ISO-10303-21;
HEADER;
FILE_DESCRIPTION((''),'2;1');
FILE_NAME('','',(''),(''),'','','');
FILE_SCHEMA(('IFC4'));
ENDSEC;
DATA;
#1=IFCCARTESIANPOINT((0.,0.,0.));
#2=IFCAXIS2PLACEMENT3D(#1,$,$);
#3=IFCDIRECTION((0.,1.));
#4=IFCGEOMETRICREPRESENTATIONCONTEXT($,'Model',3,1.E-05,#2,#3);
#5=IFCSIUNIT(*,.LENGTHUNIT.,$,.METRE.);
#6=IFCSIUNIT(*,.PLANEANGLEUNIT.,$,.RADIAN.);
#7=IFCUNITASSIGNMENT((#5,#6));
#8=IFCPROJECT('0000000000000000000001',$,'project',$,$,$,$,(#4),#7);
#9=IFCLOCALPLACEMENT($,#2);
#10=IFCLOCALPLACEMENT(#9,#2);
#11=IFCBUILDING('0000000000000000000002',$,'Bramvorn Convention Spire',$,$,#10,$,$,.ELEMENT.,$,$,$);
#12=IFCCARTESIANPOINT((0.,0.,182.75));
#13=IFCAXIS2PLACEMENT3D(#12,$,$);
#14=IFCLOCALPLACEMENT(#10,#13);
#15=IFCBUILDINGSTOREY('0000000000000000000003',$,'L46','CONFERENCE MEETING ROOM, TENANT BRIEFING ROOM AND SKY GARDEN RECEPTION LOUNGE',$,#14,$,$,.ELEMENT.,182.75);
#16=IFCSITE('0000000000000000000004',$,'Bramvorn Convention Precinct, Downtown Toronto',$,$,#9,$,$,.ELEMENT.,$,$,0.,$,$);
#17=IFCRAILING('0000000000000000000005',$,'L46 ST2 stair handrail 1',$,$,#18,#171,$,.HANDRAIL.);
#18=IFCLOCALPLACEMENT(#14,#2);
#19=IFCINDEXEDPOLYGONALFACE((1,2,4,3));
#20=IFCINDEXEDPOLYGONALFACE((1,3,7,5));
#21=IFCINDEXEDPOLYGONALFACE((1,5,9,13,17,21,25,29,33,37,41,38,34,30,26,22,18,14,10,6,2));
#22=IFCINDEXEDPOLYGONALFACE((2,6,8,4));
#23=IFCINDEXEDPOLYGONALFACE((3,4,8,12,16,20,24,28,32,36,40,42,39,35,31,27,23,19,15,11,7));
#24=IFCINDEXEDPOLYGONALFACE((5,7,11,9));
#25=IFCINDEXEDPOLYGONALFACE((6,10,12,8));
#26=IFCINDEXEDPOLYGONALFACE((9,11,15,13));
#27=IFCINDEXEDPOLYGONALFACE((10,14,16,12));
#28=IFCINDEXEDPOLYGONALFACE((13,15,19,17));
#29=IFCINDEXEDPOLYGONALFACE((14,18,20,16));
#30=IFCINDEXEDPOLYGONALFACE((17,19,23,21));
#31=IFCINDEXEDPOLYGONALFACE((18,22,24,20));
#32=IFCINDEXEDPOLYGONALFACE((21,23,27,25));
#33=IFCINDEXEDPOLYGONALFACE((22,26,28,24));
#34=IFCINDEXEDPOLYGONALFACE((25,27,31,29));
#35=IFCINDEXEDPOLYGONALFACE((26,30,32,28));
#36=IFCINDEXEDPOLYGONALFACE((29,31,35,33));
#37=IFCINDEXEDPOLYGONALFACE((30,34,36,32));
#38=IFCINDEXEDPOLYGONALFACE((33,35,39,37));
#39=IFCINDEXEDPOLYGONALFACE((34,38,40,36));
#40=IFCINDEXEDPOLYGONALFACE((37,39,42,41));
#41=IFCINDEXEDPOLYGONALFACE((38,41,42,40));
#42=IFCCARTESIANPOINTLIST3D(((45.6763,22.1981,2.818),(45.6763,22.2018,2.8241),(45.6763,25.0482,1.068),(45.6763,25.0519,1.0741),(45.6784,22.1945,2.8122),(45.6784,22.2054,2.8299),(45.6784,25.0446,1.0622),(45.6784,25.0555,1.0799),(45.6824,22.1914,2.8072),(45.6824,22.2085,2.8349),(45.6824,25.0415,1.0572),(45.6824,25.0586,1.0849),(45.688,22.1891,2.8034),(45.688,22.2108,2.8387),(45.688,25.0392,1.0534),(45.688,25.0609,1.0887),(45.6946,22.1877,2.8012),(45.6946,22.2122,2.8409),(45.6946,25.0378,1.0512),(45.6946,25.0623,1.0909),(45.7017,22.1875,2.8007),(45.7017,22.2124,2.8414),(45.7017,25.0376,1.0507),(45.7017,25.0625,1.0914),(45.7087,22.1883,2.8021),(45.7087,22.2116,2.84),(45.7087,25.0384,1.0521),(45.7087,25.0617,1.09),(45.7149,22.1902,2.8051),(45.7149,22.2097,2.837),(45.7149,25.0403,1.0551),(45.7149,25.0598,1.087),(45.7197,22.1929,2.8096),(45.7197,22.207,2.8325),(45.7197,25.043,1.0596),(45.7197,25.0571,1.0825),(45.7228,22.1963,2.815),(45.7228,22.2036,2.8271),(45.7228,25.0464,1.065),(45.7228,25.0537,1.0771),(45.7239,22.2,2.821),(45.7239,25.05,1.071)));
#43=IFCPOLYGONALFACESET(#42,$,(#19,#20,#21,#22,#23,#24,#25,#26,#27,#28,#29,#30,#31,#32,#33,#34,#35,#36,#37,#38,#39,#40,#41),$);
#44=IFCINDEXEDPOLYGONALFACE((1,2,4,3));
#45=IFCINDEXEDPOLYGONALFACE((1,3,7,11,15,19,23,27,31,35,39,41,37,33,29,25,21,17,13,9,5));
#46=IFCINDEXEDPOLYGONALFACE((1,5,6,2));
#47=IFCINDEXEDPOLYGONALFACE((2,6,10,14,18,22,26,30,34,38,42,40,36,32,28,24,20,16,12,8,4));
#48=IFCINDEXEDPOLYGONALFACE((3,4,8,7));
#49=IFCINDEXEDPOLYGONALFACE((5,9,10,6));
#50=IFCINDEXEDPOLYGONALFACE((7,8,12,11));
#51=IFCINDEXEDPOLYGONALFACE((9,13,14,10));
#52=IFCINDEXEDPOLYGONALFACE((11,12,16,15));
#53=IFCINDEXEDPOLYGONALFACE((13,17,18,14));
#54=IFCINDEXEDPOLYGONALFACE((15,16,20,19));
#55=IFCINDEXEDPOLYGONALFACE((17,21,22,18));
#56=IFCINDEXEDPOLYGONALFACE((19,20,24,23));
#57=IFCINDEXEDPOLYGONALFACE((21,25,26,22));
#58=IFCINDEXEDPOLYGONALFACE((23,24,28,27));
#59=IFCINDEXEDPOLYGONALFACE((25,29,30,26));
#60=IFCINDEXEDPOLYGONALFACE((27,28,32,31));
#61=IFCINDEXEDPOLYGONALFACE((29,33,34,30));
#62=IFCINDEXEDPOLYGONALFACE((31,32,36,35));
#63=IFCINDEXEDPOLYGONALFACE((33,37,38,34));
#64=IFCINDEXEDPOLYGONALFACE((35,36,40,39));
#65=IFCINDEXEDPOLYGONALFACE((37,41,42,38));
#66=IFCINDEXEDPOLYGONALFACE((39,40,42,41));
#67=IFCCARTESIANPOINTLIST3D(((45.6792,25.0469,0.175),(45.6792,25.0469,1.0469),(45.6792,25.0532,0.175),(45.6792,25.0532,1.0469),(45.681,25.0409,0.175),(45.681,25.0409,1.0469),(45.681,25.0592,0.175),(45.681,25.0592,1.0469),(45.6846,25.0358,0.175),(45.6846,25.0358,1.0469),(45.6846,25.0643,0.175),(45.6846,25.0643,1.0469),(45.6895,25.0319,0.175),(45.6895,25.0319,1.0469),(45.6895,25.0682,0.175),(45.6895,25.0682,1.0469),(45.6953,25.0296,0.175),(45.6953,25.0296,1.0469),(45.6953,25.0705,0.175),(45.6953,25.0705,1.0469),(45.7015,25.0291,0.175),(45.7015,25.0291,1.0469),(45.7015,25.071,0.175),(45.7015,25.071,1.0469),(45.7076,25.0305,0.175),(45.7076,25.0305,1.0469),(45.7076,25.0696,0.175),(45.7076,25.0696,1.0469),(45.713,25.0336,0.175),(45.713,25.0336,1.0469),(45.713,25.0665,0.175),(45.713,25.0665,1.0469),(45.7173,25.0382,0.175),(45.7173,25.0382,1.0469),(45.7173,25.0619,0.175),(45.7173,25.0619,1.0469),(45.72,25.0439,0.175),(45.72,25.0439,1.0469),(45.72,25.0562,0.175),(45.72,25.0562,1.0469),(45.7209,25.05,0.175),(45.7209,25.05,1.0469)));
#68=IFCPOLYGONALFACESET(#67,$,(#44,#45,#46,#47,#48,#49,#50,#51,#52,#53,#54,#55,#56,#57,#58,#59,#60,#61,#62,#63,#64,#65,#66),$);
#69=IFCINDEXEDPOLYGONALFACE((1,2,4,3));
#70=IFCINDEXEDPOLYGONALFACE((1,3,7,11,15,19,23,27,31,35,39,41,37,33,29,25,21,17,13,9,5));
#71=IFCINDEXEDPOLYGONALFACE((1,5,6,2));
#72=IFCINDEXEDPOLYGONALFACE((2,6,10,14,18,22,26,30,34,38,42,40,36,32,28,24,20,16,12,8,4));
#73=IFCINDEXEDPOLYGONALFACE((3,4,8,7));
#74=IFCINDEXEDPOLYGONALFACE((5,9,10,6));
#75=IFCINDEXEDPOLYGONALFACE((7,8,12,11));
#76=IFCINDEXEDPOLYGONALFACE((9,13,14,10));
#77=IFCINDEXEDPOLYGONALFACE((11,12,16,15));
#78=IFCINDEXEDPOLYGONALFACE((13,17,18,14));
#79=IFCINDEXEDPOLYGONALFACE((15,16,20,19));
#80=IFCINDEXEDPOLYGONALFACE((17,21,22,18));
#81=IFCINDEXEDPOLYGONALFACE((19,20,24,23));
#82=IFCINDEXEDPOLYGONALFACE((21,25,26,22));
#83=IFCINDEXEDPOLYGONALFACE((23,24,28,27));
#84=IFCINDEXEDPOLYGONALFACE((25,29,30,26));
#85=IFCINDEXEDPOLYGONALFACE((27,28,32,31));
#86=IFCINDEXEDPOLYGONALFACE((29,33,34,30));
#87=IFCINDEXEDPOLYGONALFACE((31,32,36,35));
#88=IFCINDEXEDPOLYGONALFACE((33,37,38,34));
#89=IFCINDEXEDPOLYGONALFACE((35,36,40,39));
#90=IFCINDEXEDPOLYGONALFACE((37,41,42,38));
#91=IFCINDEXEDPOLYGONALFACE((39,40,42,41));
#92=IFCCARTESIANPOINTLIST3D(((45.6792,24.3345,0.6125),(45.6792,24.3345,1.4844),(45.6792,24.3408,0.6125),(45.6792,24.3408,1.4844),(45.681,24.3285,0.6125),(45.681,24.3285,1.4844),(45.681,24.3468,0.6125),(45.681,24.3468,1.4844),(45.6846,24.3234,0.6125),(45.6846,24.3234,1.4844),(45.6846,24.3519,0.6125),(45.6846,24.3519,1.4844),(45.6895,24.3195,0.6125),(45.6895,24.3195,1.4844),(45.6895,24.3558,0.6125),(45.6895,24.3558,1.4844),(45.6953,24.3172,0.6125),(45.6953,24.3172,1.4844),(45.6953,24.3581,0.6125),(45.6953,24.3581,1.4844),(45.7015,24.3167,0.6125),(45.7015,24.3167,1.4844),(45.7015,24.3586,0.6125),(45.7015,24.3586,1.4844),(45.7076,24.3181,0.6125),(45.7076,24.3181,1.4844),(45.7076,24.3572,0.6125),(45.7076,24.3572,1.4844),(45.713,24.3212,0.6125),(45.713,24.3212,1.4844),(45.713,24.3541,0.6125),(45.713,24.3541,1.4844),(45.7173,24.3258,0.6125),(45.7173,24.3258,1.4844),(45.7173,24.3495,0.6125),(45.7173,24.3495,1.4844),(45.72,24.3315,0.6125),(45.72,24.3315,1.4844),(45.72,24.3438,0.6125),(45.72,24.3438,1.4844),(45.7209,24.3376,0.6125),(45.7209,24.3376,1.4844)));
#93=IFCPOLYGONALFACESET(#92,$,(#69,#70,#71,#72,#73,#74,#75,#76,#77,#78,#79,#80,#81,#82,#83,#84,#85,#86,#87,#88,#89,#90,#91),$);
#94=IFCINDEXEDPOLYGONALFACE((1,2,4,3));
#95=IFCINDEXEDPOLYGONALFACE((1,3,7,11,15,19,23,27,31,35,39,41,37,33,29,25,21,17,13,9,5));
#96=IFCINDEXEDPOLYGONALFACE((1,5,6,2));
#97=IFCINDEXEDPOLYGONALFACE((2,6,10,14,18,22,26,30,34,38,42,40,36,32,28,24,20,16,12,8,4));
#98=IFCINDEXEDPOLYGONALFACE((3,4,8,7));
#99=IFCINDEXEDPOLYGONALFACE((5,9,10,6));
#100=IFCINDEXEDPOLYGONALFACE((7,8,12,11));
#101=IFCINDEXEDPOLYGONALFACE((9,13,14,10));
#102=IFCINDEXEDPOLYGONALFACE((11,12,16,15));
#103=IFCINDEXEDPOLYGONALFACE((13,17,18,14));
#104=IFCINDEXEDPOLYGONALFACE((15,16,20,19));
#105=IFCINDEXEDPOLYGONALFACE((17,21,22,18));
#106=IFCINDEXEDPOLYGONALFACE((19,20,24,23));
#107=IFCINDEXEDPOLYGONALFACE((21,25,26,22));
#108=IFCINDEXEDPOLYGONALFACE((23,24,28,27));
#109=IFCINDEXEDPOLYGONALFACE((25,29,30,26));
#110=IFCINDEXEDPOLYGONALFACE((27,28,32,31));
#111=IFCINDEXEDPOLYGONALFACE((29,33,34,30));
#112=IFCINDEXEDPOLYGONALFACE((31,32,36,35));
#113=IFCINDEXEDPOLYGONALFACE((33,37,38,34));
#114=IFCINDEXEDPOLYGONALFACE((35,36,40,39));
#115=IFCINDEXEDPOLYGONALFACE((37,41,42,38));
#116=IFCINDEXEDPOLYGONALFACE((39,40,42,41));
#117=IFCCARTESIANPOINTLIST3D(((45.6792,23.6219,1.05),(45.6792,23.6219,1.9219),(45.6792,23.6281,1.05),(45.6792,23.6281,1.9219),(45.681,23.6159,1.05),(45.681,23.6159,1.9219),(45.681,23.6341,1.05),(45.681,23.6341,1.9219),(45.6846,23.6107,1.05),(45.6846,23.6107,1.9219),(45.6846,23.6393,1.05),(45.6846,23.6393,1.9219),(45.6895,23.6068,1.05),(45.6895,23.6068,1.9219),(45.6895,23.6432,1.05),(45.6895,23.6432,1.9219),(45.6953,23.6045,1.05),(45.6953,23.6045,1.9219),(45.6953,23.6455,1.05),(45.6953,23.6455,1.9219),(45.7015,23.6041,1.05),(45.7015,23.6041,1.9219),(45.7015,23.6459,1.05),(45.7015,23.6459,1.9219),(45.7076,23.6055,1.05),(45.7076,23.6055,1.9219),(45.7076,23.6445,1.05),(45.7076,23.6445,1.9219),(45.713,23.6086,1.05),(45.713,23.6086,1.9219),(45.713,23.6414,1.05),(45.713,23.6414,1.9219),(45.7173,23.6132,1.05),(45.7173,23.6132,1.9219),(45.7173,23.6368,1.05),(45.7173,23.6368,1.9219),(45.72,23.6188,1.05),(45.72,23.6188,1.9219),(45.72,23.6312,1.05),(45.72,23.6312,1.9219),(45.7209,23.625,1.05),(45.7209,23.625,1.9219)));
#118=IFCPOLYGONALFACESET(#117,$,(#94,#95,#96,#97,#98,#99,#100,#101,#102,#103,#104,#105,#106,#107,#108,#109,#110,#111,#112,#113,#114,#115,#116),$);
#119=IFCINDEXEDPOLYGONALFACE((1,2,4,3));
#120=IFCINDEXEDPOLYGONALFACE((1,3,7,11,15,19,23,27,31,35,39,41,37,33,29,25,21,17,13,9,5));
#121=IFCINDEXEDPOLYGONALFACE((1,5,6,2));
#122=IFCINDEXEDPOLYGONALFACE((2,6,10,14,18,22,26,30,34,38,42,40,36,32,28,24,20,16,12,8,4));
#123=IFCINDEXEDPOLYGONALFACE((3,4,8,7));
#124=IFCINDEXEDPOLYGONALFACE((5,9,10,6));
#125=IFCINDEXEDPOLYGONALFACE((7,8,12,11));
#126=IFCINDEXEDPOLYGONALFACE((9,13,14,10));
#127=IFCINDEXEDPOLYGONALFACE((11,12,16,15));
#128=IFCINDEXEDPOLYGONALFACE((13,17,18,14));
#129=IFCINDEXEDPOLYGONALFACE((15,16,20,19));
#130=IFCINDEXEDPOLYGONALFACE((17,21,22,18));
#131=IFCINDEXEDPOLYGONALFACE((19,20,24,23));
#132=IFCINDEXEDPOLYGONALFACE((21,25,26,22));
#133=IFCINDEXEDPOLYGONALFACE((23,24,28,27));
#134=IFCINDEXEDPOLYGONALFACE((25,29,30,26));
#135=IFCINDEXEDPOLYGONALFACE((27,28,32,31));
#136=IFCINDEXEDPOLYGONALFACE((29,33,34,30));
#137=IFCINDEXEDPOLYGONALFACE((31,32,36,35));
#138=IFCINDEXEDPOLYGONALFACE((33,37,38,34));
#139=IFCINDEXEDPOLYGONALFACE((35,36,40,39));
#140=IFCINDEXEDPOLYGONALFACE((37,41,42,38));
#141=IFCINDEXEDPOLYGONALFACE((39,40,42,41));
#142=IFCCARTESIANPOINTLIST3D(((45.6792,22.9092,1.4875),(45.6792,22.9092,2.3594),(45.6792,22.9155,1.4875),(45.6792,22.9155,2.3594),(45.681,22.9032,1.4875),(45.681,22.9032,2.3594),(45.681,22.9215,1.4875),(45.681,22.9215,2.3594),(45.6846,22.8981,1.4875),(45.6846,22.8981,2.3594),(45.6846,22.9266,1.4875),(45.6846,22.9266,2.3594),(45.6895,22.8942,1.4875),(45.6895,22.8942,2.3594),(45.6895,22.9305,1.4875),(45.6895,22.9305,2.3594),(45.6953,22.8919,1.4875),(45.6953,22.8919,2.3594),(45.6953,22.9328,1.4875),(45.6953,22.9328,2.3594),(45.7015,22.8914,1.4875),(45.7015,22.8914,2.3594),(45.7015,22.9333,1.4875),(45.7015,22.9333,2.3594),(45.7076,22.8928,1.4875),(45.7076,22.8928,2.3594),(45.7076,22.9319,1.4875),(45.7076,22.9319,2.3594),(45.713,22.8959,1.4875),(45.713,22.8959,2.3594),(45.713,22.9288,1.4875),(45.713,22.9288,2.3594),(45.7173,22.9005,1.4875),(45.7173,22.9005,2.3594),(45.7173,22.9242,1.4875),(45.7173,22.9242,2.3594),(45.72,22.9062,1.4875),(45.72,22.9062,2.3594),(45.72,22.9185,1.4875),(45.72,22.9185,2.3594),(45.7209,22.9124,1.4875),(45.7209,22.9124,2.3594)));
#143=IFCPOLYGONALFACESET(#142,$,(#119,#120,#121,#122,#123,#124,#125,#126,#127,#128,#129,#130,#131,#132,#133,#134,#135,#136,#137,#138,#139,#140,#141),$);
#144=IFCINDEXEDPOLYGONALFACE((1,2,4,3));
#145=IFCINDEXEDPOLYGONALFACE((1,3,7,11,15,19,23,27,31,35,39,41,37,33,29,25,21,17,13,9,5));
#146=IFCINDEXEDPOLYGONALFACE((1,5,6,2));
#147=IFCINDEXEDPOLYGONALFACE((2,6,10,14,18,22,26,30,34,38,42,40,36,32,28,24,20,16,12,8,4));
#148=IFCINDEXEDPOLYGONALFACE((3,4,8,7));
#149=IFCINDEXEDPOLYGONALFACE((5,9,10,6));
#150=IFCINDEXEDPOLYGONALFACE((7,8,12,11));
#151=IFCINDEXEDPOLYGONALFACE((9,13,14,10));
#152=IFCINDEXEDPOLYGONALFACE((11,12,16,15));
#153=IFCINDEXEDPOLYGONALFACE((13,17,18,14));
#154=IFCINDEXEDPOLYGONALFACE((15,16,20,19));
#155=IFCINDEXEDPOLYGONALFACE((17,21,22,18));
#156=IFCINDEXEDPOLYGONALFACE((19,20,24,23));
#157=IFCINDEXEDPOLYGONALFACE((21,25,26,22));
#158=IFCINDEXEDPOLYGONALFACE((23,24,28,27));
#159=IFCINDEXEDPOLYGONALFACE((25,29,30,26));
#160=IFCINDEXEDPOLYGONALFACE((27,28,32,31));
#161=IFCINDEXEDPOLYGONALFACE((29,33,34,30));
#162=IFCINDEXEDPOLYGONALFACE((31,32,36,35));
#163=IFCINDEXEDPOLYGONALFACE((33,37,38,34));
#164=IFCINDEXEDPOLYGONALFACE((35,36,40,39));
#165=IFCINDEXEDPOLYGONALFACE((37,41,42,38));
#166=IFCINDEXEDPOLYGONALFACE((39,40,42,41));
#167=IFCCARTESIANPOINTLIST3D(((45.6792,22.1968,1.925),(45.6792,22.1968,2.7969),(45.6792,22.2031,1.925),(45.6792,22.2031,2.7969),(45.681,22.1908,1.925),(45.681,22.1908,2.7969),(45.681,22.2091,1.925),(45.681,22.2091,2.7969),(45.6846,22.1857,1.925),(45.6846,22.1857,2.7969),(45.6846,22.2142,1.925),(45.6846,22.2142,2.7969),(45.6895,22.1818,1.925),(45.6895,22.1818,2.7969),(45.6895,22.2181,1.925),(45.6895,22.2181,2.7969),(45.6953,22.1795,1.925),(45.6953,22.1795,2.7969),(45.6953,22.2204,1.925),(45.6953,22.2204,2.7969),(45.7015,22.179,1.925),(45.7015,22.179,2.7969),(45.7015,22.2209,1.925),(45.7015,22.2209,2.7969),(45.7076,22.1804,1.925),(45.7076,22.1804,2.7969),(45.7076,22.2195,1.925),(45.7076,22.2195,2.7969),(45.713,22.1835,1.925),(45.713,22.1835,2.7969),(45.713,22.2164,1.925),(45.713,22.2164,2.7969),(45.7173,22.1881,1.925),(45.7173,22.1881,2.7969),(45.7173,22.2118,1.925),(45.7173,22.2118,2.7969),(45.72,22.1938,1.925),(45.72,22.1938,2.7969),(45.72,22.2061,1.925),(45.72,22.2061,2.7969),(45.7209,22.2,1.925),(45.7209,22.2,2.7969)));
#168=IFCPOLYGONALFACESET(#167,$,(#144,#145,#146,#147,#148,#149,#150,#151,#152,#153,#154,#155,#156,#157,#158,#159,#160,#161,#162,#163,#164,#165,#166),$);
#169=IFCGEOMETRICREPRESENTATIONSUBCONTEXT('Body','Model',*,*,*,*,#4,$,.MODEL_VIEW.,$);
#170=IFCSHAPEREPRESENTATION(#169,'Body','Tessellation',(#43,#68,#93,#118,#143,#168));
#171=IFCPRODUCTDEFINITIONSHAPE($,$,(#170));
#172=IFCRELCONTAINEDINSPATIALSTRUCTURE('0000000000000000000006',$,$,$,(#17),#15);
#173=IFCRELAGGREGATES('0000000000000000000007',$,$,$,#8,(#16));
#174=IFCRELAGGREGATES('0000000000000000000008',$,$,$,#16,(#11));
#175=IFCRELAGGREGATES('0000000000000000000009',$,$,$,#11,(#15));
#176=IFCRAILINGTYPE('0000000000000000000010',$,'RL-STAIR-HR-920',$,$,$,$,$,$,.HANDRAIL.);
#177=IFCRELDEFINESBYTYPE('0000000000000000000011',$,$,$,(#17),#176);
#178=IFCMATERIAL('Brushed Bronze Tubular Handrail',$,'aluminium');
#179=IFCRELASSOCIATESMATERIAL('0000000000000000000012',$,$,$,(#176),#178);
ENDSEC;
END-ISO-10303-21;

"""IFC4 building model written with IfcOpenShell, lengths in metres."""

from ifc_helpers import new_model, si_unit, direction, frame, origin, origin_2d, place, context, subcontext, project, spatial, circle, extrude, material, type_object, element, save


model = new_model("IFC4")

# Units and contexts
model_context = context("Model", 3, precision=1e-05, world=origin(), true_north=direction((0.0, 1.0)))
body_context = subcontext(model_context, "Body", "Model", "MODEL_VIEW")
ifc_project = project(units=[si_unit("LENGTHUNIT", "METRE"), si_unit("PLANEANGLEUNIT", "RADIAN")], contexts=[model_context])

# Site, building, storey
site_placement = place(None, origin())
site = spatial("IfcSite", under=ifc_project, at=site_placement, Name="Bramvorn Convention Precinct, Downtown Toronto", CompositionType="ELEMENT", RefElevation=0.0)
building_placement = place(site_placement, origin())
building = spatial("IfcBuilding", under=site, at=building_placement, Name="Bramvorn Convention Spire", CompositionType="ELEMENT")
storey_placement = place(building_placement, frame((0.0, 0.0, 182.75)))
storey = spatial("IfcBuildingStorey", under=building, at=storey_placement, Name="L46", Description="CONFERENCE MEETING ROOM, TENANT BRIEFING ROOM AND SKY GARDEN RECEPTION LOUNGE", CompositionType="ELEMENT", Elevation=182.75)

# Railing
ifc_material_1 = material(Name="Brushed Bronze Tubular Handrail", Category="aluminium")
railing_type_1 = type_object("IfcRailingType", Name="RL-STAIR-HR-920", PredefinedType="HANDRAIL", material=ifc_material_1)
railing_1_placement = place(storey_placement, frame((45.7, 25.05, 0.175)))
element("IfcRailing", 1, at=railing_1_placement, inside=storey, type_object=railing_type_1, Name="L46 ST2 stair handrail 1", PredefinedType="HANDRAIL", context=body_context, shape_type="SweptSolid", body=[
    extrude(circle(Radius=0.0239, at=origin_2d()), frame((0.0, 0.0, 0.896), z_axis=(0.0, -0.852179, 0.52325), x_axis=(1.0, 0.0, 0.0)), (0.0, 0.0, 1.0), 3.3445),
    extrude(circle(Radius=0.021, at=origin_2d()), origin(), (0.0, 0.0, 1.0), 0.8718),
    extrude(circle(Radius=0.021, at=origin_2d()), frame((0.0, -0.7124, 0.4375)), (0.0, 0.0, 1.0), 0.8718),
    extrude(circle(Radius=0.021, at=origin_2d()), frame((0.0, -1.425, 0.875)), (0.0, 0.0, 1.0), 0.8718),
    extrude(circle(Radius=0.021, at=origin_2d()), frame((0.0, -2.1377, 1.3125)), (0.0, 0.0, 1.0), 0.8718),
    extrude(circle(Radius=0.021, at=origin_2d()), frame((0.0, -2.8501, 1.75)), (0.0, 0.0, 1.0), 0.8718),
])

save(model, "model.ifc")
